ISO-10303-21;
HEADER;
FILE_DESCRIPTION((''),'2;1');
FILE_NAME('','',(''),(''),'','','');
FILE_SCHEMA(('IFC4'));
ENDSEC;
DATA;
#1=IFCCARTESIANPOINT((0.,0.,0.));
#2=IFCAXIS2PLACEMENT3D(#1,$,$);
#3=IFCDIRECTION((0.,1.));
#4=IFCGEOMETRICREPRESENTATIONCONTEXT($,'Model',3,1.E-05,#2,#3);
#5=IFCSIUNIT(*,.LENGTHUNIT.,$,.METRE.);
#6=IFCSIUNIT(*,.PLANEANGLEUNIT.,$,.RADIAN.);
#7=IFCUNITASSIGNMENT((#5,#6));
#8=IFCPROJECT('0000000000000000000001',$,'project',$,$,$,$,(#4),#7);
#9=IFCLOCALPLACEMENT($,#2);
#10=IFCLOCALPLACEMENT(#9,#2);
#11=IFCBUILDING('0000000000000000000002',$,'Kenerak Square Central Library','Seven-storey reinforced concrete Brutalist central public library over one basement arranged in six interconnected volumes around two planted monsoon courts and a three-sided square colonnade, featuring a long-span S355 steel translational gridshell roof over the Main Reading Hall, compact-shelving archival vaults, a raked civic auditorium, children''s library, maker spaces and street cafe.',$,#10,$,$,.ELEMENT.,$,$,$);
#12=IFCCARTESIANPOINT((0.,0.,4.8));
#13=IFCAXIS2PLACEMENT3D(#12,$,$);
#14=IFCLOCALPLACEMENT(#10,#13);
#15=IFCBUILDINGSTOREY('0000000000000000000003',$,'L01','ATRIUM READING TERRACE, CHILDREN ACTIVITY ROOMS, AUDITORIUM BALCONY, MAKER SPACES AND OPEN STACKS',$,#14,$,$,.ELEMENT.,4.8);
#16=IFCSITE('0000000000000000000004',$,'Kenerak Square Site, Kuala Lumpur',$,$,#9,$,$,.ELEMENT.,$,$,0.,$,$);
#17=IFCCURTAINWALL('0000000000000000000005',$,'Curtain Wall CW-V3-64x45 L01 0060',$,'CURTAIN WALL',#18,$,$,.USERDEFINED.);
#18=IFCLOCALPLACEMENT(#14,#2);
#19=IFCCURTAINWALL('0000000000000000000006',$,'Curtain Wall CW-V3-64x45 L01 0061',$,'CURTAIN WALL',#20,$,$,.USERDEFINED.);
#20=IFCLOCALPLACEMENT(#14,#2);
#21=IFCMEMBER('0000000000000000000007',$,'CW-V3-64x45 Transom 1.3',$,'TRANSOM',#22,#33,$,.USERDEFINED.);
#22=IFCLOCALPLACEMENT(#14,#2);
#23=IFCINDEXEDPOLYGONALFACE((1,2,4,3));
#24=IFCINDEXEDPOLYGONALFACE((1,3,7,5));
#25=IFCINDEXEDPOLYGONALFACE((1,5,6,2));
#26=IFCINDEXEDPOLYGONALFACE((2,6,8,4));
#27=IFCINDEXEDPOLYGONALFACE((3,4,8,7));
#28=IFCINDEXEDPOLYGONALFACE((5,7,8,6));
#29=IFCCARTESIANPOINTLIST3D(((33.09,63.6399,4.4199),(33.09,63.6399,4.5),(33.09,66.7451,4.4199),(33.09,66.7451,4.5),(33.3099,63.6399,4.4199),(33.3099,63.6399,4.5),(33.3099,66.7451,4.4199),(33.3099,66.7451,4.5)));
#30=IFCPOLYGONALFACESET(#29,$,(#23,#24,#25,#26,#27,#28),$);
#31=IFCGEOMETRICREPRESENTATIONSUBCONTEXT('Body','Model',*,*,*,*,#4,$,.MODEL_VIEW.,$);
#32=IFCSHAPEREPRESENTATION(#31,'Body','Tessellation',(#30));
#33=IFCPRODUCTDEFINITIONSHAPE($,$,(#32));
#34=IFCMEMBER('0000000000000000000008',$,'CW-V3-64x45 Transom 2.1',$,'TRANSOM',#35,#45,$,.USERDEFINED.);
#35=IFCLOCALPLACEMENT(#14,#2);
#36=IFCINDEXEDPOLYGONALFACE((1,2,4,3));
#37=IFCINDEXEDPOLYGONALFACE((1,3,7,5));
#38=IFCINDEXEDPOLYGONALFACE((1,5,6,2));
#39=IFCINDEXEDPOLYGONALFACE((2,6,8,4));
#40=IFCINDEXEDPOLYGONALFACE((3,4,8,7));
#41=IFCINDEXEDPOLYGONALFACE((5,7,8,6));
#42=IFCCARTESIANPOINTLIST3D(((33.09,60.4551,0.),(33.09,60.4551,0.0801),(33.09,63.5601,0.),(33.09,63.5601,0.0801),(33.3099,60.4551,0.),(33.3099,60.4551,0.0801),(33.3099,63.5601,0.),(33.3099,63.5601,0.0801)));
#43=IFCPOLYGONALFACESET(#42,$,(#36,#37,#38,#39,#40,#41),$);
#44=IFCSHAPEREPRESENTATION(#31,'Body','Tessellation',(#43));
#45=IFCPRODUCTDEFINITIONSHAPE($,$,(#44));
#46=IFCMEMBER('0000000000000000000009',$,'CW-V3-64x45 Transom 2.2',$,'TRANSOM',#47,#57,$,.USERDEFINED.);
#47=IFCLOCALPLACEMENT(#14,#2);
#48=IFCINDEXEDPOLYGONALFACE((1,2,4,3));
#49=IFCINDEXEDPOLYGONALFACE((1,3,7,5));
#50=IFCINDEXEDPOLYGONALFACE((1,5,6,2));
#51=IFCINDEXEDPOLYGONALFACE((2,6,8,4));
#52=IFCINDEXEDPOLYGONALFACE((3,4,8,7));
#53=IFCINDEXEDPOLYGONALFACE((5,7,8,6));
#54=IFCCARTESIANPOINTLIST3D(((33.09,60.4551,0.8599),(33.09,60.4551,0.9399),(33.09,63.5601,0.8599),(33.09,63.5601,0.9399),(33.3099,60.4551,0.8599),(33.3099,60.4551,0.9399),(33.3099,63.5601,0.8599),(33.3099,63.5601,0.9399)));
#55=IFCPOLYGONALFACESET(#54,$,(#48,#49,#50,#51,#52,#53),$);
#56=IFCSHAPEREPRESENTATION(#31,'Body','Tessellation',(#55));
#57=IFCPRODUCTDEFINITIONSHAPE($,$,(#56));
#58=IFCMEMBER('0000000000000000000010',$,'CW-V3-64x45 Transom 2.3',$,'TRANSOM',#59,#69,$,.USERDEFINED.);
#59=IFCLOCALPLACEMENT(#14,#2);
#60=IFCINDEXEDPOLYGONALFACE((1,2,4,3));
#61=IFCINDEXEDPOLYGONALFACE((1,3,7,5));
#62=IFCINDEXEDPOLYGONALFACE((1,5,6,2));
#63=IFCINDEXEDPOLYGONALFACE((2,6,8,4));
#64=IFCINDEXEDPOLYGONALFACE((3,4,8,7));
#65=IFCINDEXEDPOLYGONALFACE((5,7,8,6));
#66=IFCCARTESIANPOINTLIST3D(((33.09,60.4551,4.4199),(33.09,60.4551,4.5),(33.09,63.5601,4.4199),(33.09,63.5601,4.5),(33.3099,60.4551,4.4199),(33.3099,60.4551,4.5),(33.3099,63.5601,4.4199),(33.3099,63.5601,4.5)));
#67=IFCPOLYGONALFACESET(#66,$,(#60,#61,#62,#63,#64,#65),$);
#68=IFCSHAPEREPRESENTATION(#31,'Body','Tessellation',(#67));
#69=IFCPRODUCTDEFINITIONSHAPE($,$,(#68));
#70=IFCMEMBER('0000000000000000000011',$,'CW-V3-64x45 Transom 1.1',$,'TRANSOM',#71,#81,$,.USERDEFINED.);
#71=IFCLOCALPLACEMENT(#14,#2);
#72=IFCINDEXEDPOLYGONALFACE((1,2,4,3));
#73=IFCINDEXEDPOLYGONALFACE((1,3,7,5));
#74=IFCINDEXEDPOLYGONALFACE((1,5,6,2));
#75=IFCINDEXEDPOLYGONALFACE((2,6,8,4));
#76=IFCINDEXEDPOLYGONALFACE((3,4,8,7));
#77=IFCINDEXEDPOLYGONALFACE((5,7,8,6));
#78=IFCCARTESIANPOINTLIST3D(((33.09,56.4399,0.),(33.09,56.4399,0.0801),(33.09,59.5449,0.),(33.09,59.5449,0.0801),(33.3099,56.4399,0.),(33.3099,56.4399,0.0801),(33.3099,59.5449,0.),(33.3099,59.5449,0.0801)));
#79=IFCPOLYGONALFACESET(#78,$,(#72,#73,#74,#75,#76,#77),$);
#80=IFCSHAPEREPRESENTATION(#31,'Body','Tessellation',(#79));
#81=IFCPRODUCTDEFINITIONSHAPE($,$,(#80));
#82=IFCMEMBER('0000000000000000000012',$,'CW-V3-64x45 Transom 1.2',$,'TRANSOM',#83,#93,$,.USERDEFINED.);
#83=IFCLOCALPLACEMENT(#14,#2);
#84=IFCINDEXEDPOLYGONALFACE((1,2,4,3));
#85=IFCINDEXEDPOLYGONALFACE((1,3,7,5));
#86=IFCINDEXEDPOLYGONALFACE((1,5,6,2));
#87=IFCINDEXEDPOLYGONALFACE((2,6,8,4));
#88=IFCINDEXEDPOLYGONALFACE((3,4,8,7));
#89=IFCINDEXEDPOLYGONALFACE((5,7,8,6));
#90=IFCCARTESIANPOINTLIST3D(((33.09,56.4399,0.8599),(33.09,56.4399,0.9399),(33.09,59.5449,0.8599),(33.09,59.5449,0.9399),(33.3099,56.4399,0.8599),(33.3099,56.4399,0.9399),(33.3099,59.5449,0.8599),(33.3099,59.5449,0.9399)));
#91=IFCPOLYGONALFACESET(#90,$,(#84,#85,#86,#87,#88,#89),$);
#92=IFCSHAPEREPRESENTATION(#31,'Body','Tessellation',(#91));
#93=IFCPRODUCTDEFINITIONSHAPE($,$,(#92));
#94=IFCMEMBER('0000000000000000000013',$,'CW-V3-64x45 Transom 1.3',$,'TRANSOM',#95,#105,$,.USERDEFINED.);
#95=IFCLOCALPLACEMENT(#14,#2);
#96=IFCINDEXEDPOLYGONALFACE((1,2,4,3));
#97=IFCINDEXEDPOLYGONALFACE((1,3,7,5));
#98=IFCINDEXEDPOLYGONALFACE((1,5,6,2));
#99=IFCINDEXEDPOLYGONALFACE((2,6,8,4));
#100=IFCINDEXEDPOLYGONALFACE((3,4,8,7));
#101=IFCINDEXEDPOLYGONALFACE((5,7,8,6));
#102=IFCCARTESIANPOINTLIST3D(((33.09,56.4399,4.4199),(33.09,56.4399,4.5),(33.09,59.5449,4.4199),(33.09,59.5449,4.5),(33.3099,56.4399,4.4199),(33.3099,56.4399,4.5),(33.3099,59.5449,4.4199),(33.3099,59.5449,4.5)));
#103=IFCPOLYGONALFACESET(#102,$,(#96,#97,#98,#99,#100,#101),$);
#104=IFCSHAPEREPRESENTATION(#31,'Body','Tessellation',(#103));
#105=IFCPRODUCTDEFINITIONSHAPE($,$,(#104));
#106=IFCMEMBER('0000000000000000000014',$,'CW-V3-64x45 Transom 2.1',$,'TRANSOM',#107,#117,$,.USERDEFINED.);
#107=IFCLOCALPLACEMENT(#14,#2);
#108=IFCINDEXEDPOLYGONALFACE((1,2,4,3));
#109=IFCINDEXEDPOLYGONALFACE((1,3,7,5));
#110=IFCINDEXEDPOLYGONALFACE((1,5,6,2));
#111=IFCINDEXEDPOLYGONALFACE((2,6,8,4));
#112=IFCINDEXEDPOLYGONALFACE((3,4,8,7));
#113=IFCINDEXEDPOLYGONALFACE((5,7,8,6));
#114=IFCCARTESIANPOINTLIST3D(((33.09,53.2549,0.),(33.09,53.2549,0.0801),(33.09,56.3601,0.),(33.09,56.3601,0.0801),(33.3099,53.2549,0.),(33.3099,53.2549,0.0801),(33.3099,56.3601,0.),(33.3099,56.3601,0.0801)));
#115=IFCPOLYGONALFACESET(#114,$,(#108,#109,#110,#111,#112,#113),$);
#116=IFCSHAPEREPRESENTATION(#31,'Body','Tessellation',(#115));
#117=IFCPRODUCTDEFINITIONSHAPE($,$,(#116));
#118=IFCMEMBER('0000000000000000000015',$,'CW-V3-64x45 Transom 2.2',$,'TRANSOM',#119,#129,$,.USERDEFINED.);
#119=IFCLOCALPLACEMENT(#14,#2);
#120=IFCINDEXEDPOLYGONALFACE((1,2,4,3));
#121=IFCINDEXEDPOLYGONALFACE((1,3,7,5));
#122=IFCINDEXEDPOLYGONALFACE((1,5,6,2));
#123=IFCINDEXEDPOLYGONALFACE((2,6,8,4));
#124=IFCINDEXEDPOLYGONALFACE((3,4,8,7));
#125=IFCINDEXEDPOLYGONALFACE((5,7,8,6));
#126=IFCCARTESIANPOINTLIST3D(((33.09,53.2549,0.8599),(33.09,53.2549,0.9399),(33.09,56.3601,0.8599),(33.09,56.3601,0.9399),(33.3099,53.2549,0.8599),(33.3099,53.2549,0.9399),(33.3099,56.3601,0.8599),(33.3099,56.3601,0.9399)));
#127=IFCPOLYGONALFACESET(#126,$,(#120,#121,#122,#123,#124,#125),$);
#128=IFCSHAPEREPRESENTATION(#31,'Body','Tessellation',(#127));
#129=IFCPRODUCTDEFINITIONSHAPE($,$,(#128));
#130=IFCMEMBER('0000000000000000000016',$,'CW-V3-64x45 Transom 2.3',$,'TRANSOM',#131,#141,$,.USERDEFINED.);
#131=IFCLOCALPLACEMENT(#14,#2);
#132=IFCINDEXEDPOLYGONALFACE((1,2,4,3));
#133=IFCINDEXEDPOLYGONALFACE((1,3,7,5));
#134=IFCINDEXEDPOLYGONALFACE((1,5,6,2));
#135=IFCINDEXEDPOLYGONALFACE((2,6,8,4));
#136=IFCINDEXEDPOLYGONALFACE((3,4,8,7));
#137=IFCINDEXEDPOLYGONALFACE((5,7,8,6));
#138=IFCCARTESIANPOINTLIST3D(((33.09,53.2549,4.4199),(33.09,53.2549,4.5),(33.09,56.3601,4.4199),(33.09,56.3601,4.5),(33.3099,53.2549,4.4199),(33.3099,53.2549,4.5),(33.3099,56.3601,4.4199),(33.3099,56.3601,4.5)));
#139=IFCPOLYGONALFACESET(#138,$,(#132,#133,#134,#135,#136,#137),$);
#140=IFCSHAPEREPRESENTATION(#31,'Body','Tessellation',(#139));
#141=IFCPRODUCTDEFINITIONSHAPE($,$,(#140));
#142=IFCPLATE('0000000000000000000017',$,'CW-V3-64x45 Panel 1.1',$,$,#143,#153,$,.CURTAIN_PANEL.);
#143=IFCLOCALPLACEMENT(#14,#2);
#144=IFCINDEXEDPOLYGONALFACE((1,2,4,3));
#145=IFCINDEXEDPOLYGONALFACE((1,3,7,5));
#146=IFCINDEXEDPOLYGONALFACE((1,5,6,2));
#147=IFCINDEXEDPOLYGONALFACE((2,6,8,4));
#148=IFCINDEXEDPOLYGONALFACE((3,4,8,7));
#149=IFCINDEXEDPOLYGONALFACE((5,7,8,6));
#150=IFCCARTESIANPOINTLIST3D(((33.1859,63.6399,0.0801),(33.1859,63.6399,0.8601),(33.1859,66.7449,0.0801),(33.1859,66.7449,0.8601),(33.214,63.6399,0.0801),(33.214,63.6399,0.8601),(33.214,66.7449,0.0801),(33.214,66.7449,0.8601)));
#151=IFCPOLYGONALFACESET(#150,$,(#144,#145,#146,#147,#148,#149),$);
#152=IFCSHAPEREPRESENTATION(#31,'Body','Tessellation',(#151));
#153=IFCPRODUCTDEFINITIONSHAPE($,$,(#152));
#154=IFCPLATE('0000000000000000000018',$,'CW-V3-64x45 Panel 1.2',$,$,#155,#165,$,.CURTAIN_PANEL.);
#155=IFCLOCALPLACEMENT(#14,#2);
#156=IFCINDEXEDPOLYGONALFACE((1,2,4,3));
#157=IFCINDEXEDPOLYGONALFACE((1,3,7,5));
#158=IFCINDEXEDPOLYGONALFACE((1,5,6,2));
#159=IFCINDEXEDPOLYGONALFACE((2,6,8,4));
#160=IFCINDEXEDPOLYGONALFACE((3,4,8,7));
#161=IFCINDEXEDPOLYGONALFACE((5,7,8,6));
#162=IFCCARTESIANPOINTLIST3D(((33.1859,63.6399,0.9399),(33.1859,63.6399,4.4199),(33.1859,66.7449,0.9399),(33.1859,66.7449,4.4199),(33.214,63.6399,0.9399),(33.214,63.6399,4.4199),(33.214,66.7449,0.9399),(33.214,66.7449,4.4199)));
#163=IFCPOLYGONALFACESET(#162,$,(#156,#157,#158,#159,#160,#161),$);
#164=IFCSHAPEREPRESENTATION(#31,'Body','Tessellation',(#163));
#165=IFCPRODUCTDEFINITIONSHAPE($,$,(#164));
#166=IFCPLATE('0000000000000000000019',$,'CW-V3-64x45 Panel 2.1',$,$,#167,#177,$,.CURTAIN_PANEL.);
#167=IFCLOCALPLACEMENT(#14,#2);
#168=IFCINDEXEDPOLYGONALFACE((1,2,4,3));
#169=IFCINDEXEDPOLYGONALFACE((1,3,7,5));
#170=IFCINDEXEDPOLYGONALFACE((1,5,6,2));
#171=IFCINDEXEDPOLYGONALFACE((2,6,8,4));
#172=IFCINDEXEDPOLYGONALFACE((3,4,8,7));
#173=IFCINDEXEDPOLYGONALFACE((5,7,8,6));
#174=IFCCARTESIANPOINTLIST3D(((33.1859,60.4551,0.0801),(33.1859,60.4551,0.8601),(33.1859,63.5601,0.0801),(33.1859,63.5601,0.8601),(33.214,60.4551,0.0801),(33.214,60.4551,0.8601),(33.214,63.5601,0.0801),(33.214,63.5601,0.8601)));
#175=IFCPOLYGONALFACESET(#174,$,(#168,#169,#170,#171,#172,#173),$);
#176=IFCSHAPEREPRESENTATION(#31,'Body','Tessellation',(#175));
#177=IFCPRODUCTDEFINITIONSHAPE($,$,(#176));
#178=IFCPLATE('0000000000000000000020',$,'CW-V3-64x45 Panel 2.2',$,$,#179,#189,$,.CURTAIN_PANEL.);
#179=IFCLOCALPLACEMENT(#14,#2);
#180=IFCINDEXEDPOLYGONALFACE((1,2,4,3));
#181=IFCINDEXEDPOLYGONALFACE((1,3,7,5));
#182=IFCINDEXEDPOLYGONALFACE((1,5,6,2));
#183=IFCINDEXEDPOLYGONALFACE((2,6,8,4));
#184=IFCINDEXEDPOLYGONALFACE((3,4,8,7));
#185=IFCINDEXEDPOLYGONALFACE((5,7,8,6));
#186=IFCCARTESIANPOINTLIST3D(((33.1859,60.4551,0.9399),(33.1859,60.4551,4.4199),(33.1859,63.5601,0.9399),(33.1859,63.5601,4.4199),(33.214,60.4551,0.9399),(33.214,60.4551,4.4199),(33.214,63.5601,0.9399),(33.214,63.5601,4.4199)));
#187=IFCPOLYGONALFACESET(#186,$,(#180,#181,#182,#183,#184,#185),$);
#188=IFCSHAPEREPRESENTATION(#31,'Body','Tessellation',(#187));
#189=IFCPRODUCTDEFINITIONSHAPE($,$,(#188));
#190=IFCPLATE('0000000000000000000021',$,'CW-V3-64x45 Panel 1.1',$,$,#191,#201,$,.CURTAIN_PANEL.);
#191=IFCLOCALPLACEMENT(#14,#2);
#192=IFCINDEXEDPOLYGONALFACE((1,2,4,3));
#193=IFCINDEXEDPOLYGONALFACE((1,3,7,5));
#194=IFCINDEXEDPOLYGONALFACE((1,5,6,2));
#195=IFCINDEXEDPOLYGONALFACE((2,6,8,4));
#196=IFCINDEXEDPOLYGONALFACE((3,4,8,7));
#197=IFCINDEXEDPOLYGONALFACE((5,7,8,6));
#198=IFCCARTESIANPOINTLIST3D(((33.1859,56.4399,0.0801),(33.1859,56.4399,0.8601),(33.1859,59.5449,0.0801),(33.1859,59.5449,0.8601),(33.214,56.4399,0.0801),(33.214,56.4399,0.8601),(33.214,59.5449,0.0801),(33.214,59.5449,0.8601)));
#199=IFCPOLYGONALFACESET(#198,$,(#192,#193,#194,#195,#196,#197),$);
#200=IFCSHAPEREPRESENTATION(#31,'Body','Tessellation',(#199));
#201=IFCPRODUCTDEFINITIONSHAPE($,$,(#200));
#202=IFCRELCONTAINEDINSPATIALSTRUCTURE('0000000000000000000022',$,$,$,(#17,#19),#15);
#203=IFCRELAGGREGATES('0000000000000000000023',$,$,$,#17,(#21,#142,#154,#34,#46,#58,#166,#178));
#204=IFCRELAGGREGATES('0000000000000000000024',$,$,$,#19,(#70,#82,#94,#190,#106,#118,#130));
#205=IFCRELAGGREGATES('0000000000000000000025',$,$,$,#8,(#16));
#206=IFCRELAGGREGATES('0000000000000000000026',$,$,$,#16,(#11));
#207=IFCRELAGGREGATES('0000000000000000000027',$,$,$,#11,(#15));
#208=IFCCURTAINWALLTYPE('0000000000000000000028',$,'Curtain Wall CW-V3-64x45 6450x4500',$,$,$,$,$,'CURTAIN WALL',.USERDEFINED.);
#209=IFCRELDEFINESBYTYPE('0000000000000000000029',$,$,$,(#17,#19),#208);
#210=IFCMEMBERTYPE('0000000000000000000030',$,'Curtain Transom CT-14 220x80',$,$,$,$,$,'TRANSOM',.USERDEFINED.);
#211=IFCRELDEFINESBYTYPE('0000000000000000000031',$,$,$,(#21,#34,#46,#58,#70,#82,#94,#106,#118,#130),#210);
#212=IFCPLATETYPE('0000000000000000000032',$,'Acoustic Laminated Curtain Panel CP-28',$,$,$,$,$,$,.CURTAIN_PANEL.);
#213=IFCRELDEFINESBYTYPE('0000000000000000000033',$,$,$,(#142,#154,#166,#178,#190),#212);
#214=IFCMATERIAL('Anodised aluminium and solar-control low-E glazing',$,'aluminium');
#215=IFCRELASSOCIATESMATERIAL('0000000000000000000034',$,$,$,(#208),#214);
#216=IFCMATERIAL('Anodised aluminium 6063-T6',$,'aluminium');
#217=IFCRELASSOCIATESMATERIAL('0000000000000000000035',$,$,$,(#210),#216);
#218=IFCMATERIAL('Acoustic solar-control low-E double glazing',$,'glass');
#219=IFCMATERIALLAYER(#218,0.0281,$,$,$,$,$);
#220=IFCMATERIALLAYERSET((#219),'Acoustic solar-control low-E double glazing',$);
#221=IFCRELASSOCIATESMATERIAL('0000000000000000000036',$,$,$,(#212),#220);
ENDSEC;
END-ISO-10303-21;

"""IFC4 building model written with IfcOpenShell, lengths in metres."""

from ifc_helpers import new_model, si_unit, direction, frame, origin, origin_2d, place, context, subcontext, project, spatial, rectangle, extrude, material, layer, layer_set, material_profile, profile_set, type_object, element, aggregate, save


model = new_model("IFC4")

# Units and contexts
model_context = context("Model", 3, precision=1e-05, world=origin(), true_north=direction((0.0, 1.0)))
body_context = subcontext(model_context, "Body", "Model", "MODEL_VIEW")
ifc_project = project(units=[si_unit("LENGTHUNIT", "METRE"), si_unit("PLANEANGLEUNIT", "RADIAN")], contexts=[model_context])

# Site, building, storey
site_placement = place(None, origin())
site = spatial("IfcSite", under=ifc_project, at=site_placement, Name="Kenerak Square Site, Kuala Lumpur", CompositionType="ELEMENT", RefElevation=0.0)
building_placement = place(site_placement, origin())
building = spatial("IfcBuilding", under=site, at=building_placement, Name="Kenerak Square Central Library", Description="Seven-storey reinforced concrete Brutalist central public library over one basement arranged in six interconnected volumes around two planted monsoon courts and a three-sided square colonnade, featuring a long-span S355 steel translational gridshell roof over the Main Reading Hall, compact-shelving archival vaults, a raked civic auditorium, children's library, maker spaces and street cafe.", CompositionType="ELEMENT")
storey_placement = place(building_placement, frame((0.0, 0.0, 4.8)))
storey = spatial("IfcBuildingStorey", under=building, at=storey_placement, Name="L01", Description="ATRIUM READING TERRACE, CHILDREN ACTIVITY ROOMS, AUDITORIUM BALCONY, MAKER SPACES AND OPEN STACKS", CompositionType="ELEMENT", Elevation=4.8)

# Shared definitions
ifc_material_1 = material(Name="Anodised aluminium and solar-control low-E glazing", Category="aluminium")
ifc_material_2 = material(Name="Anodised aluminium 6063-T6", Category="aluminium")

# Curtain walls
curtain_wall_type_1 = type_object("IfcCurtainWallType", Name="Curtain Wall CW-V3-64x45 6450x4500", ElementType="CURTAIN WALL", PredefinedType="USERDEFINED", material=ifc_material_1)
curtain_wall_1_placement = place(storey_placement, origin())
curtain_wall_1 = element("IfcCurtainWall", 1, at=curtain_wall_1_placement, inside=storey, type_object=curtain_wall_type_1, Name="Curtain Wall CW-V3-64x45 L01 0060", ObjectType="CURTAIN WALL", PredefinedType="USERDEFINED")
curtain_wall_2_placement = place(storey_placement, origin())
curtain_wall_2 = element("IfcCurtainWall", 2, at=curtain_wall_2_placement, inside=storey, type_object=curtain_wall_type_1, Name="Curtain Wall CW-V3-64x45 L01 0061", ObjectType="CURTAIN WALL", PredefinedType="USERDEFINED")

# Members
ifc_material_profile_1 = material_profile(ifc_material_2, rectangle(XDim=0.22, YDim=0.0801, at=origin_2d()), Name="AL TRANSOM 220x80")
ifc_profile_set_1 = profile_set([ifc_material_profile_1], Name="Anodised aluminium 6063-T6")
member_type_1 = type_object("IfcMemberType", Name="Curtain Transom CT-14 220x80", ElementType="TRANSOM", PredefinedType="USERDEFINED", material=ifc_profile_set_1)
member_1_placement = place(storey_placement, frame((33.2, 66.7451, 4.46), z_axis=(0.0, -1.0, 0.0), x_axis=(1.0, 0.0, 0.0)))
member_1 = element("IfcMember", 3, at=member_1_placement, type_object=member_type_1, Name="CW-V3-64x45 Transom 1.3", ObjectType="TRANSOM", PredefinedType="USERDEFINED", context=body_context, shape_type="SweptSolid", body=[
    extrude(rectangle(XDim=0.22, YDim=0.0801, at=origin_2d()), origin(), (0.0, 0.0, 1.0), 3.1052),
])
member_2_placement = place(storey_placement, frame((33.2, 63.5601, 0.04), z_axis=(0.0, -1.0, 0.0), x_axis=(1.0, 0.0, 0.0)))
member_2 = element("IfcMember", 4, at=member_2_placement, type_object=member_type_1, Name="CW-V3-64x45 Transom 2.1", ObjectType="TRANSOM", PredefinedType="USERDEFINED", context=body_context, shape_type="SweptSolid", body=[
    extrude(rectangle(XDim=0.22, YDim=0.0801, at=origin_2d()), origin(), (0.0, 0.0, 1.0), 3.105),
])
member_3_placement = place(storey_placement, frame((33.2, 63.5601, 0.8999), z_axis=(0.0, -1.0, 0.0), x_axis=(1.0, 0.0, 0.0)))
member_3 = element("IfcMember", 5, at=member_3_placement, type_object=member_type_1, Name="CW-V3-64x45 Transom 2.2", ObjectType="TRANSOM", PredefinedType="USERDEFINED", context=body_context, shape_type="SweptSolid", body=[
    extrude(rectangle(XDim=0.22, YDim=0.0801, at=origin_2d()), origin(), (0.0, 0.0, 1.0), 3.105),
])
member_4_placement = place(storey_placement, frame((33.2, 63.5601, 4.46), z_axis=(0.0, -1.0, 0.0), x_axis=(1.0, 0.0, 0.0)))
member_4 = element("IfcMember", 6, at=member_4_placement, type_object=member_type_1, Name="CW-V3-64x45 Transom 2.3", ObjectType="TRANSOM", PredefinedType="USERDEFINED", context=body_context, shape_type="SweptSolid", body=[
    extrude(rectangle(XDim=0.22, YDim=0.0801, at=origin_2d()), origin(), (0.0, 0.0, 1.0), 3.105),
])
member_5_placement = place(storey_placement, frame((33.2, 59.5449, 0.04), z_axis=(0.0, -1.0, 0.0), x_axis=(1.0, 0.0, 0.0)))
member_5 = element("IfcMember", 7, at=member_5_placement, type_object=member_type_1, Name="CW-V3-64x45 Transom 1.1", ObjectType="TRANSOM", PredefinedType="USERDEFINED", context=body_context, shape_type="SweptSolid", body=[
    extrude(rectangle(XDim=0.22, YDim=0.0801, at=origin_2d()), origin(), (0.0, 0.0, 1.0), 3.105),
])
member_6_placement = place(storey_placement, frame((33.2, 59.5449, 0.8999), z_axis=(0.0, -1.0, 0.0), x_axis=(1.0, 0.0, 0.0)))
member_6 = element("IfcMember", 8, at=member_6_placement, type_object=member_type_1, Name="CW-V3-64x45 Transom 1.2", ObjectType="TRANSOM", PredefinedType="USERDEFINED", context=body_context, shape_type="SweptSolid", body=[
    extrude(rectangle(XDim=0.22, YDim=0.0801, at=origin_2d()), origin(), (0.0, 0.0, 1.0), 3.105),
])
member_7_placement = place(storey_placement, frame((33.2, 59.5449, 4.46), z_axis=(0.0, -1.0, 0.0), x_axis=(1.0, 0.0, 0.0)))
member_7 = element("IfcMember", 9, at=member_7_placement, type_object=member_type_1, Name="CW-V3-64x45 Transom 1.3", ObjectType="TRANSOM", PredefinedType="USERDEFINED", context=body_context, shape_type="SweptSolid", body=[
    extrude(rectangle(XDim=0.22, YDim=0.0801, at=origin_2d()), origin(), (0.0, 0.0, 1.0), 3.105),
])
member_8_placement = place(storey_placement, frame((33.2, 56.3601, 0.04), z_axis=(0.0, -1.0, 0.0), x_axis=(1.0, 0.0, 0.0)))
member_8 = element("IfcMember", 10, at=member_8_placement, type_object=member_type_1, Name="CW-V3-64x45 Transom 2.1", ObjectType="TRANSOM", PredefinedType="USERDEFINED", context=body_context, shape_type="SweptSolid", body=[
    extrude(rectangle(XDim=0.22, YDim=0.0801, at=origin_2d()), origin(), (0.0, 0.0, 1.0), 3.1052),
])
member_9_placement = place(storey_placement, frame((33.2, 56.3601, 0.8999), z_axis=(0.0, -1.0, 0.0), x_axis=(1.0, 0.0, 0.0)))
member_9 = element("IfcMember", 11, at=member_9_placement, type_object=member_type_1, Name="CW-V3-64x45 Transom 2.2", ObjectType="TRANSOM", PredefinedType="USERDEFINED", context=body_context, shape_type="SweptSolid", body=[
    extrude(rectangle(XDim=0.22, YDim=0.0801, at=origin_2d()), origin(), (0.0, 0.0, 1.0), 3.1052),
])
member_10_placement = place(storey_placement, frame((33.2, 56.3601, 4.46), z_axis=(0.0, -1.0, 0.0), x_axis=(1.0, 0.0, 0.0)))
member_10 = element("IfcMember", 12, at=member_10_placement, type_object=member_type_1, Name="CW-V3-64x45 Transom 2.3", ObjectType="TRANSOM", PredefinedType="USERDEFINED", context=body_context, shape_type="SweptSolid", body=[
    extrude(rectangle(XDim=0.22, YDim=0.0801, at=origin_2d()), origin(), (0.0, 0.0, 1.0), 3.1052),
])

# Plates
ifc_material_3 = material(Name="Acoustic solar-control low-E double glazing", Category="glass")
ifc_layer = layer(ifc_material_3, 0.0281)
ifc_layer_set = layer_set([ifc_layer], Name="Acoustic solar-control low-E double glazing")
plate_type = type_object("IfcPlateType", Name="Acoustic Laminated Curtain Panel CP-28", PredefinedType="CURTAIN_PANEL", material=ifc_layer_set)
plate_1_placement = place(storey_placement, frame((33.2, 65.1924, 0.0801), z_axis=(0.0, 0.0, 1.0), x_axis=(0.0, -1.0, 0.0)))
plate_1 = element("IfcPlate", 13, at=plate_1_placement, type_object=plate_type, Name="CW-V3-64x45 Panel 1.1", PredefinedType="CURTAIN_PANEL", context=body_context, shape_type="SweptSolid", body=[
    extrude(rectangle(XDim=3.105, YDim=0.0281, at=origin_2d()), origin(), (0.0, 0.0, 1.0), 0.78),
])
plate_2_placement = place(storey_placement, frame((33.2, 65.1924, 0.9399), z_axis=(0.0, 0.0, 1.0), x_axis=(0.0, -1.0, 0.0)))
plate_2 = element("IfcPlate", 14, at=plate_2_placement, type_object=plate_type, Name="CW-V3-64x45 Panel 1.2", PredefinedType="CURTAIN_PANEL", context=body_context, shape_type="SweptSolid", body=[
    extrude(rectangle(XDim=3.105, YDim=0.0281, at=origin_2d()), origin(), (0.0, 0.0, 1.0), 3.48),
])
plate_3_placement = place(storey_placement, frame((33.2, 62.0076, 0.0801), z_axis=(0.0, 0.0, 1.0), x_axis=(0.0, -1.0, 0.0)))
plate_3 = element("IfcPlate", 15, at=plate_3_placement, type_object=plate_type, Name="CW-V3-64x45 Panel 2.1", PredefinedType="CURTAIN_PANEL", context=body_context, shape_type="SweptSolid", body=[
    extrude(rectangle(XDim=3.105, YDim=0.0281, at=origin_2d()), origin(), (0.0, 0.0, 1.0), 0.78),
])
plate_4_placement = place(storey_placement, frame((33.2, 62.0076, 0.9399), z_axis=(0.0, 0.0, 1.0), x_axis=(0.0, -1.0, 0.0)))
plate_4 = element("IfcPlate", 16, at=plate_4_placement, type_object=plate_type, Name="CW-V3-64x45 Panel 2.2", PredefinedType="CURTAIN_PANEL", context=body_context, shape_type="SweptSolid", body=[
    extrude(rectangle(XDim=3.105, YDim=0.0281, at=origin_2d()), origin(), (0.0, 0.0, 1.0), 3.48),
])
aggregate(curtain_wall_1, [member_1, plate_1, plate_2, member_2, member_3, member_4, plate_3, plate_4])
plate_5_placement = place(storey_placement, frame((33.2, 57.9924, 0.0801), z_axis=(0.0, 0.0, 1.0), x_axis=(0.0, -1.0, 0.0)))
plate_5 = element("IfcPlate", 17, at=plate_5_placement, type_object=plate_type, Name="CW-V3-64x45 Panel 1.1", PredefinedType="CURTAIN_PANEL", context=body_context, shape_type="SweptSolid", body=[
    extrude(rectangle(XDim=3.105, YDim=0.0281, at=origin_2d()), origin(), (0.0, 0.0, 1.0), 0.78),
])
aggregate(curtain_wall_2, [member_5, member_6, member_7, plate_5, member_8, member_9, member_10])

save(model, "model.ifc")
